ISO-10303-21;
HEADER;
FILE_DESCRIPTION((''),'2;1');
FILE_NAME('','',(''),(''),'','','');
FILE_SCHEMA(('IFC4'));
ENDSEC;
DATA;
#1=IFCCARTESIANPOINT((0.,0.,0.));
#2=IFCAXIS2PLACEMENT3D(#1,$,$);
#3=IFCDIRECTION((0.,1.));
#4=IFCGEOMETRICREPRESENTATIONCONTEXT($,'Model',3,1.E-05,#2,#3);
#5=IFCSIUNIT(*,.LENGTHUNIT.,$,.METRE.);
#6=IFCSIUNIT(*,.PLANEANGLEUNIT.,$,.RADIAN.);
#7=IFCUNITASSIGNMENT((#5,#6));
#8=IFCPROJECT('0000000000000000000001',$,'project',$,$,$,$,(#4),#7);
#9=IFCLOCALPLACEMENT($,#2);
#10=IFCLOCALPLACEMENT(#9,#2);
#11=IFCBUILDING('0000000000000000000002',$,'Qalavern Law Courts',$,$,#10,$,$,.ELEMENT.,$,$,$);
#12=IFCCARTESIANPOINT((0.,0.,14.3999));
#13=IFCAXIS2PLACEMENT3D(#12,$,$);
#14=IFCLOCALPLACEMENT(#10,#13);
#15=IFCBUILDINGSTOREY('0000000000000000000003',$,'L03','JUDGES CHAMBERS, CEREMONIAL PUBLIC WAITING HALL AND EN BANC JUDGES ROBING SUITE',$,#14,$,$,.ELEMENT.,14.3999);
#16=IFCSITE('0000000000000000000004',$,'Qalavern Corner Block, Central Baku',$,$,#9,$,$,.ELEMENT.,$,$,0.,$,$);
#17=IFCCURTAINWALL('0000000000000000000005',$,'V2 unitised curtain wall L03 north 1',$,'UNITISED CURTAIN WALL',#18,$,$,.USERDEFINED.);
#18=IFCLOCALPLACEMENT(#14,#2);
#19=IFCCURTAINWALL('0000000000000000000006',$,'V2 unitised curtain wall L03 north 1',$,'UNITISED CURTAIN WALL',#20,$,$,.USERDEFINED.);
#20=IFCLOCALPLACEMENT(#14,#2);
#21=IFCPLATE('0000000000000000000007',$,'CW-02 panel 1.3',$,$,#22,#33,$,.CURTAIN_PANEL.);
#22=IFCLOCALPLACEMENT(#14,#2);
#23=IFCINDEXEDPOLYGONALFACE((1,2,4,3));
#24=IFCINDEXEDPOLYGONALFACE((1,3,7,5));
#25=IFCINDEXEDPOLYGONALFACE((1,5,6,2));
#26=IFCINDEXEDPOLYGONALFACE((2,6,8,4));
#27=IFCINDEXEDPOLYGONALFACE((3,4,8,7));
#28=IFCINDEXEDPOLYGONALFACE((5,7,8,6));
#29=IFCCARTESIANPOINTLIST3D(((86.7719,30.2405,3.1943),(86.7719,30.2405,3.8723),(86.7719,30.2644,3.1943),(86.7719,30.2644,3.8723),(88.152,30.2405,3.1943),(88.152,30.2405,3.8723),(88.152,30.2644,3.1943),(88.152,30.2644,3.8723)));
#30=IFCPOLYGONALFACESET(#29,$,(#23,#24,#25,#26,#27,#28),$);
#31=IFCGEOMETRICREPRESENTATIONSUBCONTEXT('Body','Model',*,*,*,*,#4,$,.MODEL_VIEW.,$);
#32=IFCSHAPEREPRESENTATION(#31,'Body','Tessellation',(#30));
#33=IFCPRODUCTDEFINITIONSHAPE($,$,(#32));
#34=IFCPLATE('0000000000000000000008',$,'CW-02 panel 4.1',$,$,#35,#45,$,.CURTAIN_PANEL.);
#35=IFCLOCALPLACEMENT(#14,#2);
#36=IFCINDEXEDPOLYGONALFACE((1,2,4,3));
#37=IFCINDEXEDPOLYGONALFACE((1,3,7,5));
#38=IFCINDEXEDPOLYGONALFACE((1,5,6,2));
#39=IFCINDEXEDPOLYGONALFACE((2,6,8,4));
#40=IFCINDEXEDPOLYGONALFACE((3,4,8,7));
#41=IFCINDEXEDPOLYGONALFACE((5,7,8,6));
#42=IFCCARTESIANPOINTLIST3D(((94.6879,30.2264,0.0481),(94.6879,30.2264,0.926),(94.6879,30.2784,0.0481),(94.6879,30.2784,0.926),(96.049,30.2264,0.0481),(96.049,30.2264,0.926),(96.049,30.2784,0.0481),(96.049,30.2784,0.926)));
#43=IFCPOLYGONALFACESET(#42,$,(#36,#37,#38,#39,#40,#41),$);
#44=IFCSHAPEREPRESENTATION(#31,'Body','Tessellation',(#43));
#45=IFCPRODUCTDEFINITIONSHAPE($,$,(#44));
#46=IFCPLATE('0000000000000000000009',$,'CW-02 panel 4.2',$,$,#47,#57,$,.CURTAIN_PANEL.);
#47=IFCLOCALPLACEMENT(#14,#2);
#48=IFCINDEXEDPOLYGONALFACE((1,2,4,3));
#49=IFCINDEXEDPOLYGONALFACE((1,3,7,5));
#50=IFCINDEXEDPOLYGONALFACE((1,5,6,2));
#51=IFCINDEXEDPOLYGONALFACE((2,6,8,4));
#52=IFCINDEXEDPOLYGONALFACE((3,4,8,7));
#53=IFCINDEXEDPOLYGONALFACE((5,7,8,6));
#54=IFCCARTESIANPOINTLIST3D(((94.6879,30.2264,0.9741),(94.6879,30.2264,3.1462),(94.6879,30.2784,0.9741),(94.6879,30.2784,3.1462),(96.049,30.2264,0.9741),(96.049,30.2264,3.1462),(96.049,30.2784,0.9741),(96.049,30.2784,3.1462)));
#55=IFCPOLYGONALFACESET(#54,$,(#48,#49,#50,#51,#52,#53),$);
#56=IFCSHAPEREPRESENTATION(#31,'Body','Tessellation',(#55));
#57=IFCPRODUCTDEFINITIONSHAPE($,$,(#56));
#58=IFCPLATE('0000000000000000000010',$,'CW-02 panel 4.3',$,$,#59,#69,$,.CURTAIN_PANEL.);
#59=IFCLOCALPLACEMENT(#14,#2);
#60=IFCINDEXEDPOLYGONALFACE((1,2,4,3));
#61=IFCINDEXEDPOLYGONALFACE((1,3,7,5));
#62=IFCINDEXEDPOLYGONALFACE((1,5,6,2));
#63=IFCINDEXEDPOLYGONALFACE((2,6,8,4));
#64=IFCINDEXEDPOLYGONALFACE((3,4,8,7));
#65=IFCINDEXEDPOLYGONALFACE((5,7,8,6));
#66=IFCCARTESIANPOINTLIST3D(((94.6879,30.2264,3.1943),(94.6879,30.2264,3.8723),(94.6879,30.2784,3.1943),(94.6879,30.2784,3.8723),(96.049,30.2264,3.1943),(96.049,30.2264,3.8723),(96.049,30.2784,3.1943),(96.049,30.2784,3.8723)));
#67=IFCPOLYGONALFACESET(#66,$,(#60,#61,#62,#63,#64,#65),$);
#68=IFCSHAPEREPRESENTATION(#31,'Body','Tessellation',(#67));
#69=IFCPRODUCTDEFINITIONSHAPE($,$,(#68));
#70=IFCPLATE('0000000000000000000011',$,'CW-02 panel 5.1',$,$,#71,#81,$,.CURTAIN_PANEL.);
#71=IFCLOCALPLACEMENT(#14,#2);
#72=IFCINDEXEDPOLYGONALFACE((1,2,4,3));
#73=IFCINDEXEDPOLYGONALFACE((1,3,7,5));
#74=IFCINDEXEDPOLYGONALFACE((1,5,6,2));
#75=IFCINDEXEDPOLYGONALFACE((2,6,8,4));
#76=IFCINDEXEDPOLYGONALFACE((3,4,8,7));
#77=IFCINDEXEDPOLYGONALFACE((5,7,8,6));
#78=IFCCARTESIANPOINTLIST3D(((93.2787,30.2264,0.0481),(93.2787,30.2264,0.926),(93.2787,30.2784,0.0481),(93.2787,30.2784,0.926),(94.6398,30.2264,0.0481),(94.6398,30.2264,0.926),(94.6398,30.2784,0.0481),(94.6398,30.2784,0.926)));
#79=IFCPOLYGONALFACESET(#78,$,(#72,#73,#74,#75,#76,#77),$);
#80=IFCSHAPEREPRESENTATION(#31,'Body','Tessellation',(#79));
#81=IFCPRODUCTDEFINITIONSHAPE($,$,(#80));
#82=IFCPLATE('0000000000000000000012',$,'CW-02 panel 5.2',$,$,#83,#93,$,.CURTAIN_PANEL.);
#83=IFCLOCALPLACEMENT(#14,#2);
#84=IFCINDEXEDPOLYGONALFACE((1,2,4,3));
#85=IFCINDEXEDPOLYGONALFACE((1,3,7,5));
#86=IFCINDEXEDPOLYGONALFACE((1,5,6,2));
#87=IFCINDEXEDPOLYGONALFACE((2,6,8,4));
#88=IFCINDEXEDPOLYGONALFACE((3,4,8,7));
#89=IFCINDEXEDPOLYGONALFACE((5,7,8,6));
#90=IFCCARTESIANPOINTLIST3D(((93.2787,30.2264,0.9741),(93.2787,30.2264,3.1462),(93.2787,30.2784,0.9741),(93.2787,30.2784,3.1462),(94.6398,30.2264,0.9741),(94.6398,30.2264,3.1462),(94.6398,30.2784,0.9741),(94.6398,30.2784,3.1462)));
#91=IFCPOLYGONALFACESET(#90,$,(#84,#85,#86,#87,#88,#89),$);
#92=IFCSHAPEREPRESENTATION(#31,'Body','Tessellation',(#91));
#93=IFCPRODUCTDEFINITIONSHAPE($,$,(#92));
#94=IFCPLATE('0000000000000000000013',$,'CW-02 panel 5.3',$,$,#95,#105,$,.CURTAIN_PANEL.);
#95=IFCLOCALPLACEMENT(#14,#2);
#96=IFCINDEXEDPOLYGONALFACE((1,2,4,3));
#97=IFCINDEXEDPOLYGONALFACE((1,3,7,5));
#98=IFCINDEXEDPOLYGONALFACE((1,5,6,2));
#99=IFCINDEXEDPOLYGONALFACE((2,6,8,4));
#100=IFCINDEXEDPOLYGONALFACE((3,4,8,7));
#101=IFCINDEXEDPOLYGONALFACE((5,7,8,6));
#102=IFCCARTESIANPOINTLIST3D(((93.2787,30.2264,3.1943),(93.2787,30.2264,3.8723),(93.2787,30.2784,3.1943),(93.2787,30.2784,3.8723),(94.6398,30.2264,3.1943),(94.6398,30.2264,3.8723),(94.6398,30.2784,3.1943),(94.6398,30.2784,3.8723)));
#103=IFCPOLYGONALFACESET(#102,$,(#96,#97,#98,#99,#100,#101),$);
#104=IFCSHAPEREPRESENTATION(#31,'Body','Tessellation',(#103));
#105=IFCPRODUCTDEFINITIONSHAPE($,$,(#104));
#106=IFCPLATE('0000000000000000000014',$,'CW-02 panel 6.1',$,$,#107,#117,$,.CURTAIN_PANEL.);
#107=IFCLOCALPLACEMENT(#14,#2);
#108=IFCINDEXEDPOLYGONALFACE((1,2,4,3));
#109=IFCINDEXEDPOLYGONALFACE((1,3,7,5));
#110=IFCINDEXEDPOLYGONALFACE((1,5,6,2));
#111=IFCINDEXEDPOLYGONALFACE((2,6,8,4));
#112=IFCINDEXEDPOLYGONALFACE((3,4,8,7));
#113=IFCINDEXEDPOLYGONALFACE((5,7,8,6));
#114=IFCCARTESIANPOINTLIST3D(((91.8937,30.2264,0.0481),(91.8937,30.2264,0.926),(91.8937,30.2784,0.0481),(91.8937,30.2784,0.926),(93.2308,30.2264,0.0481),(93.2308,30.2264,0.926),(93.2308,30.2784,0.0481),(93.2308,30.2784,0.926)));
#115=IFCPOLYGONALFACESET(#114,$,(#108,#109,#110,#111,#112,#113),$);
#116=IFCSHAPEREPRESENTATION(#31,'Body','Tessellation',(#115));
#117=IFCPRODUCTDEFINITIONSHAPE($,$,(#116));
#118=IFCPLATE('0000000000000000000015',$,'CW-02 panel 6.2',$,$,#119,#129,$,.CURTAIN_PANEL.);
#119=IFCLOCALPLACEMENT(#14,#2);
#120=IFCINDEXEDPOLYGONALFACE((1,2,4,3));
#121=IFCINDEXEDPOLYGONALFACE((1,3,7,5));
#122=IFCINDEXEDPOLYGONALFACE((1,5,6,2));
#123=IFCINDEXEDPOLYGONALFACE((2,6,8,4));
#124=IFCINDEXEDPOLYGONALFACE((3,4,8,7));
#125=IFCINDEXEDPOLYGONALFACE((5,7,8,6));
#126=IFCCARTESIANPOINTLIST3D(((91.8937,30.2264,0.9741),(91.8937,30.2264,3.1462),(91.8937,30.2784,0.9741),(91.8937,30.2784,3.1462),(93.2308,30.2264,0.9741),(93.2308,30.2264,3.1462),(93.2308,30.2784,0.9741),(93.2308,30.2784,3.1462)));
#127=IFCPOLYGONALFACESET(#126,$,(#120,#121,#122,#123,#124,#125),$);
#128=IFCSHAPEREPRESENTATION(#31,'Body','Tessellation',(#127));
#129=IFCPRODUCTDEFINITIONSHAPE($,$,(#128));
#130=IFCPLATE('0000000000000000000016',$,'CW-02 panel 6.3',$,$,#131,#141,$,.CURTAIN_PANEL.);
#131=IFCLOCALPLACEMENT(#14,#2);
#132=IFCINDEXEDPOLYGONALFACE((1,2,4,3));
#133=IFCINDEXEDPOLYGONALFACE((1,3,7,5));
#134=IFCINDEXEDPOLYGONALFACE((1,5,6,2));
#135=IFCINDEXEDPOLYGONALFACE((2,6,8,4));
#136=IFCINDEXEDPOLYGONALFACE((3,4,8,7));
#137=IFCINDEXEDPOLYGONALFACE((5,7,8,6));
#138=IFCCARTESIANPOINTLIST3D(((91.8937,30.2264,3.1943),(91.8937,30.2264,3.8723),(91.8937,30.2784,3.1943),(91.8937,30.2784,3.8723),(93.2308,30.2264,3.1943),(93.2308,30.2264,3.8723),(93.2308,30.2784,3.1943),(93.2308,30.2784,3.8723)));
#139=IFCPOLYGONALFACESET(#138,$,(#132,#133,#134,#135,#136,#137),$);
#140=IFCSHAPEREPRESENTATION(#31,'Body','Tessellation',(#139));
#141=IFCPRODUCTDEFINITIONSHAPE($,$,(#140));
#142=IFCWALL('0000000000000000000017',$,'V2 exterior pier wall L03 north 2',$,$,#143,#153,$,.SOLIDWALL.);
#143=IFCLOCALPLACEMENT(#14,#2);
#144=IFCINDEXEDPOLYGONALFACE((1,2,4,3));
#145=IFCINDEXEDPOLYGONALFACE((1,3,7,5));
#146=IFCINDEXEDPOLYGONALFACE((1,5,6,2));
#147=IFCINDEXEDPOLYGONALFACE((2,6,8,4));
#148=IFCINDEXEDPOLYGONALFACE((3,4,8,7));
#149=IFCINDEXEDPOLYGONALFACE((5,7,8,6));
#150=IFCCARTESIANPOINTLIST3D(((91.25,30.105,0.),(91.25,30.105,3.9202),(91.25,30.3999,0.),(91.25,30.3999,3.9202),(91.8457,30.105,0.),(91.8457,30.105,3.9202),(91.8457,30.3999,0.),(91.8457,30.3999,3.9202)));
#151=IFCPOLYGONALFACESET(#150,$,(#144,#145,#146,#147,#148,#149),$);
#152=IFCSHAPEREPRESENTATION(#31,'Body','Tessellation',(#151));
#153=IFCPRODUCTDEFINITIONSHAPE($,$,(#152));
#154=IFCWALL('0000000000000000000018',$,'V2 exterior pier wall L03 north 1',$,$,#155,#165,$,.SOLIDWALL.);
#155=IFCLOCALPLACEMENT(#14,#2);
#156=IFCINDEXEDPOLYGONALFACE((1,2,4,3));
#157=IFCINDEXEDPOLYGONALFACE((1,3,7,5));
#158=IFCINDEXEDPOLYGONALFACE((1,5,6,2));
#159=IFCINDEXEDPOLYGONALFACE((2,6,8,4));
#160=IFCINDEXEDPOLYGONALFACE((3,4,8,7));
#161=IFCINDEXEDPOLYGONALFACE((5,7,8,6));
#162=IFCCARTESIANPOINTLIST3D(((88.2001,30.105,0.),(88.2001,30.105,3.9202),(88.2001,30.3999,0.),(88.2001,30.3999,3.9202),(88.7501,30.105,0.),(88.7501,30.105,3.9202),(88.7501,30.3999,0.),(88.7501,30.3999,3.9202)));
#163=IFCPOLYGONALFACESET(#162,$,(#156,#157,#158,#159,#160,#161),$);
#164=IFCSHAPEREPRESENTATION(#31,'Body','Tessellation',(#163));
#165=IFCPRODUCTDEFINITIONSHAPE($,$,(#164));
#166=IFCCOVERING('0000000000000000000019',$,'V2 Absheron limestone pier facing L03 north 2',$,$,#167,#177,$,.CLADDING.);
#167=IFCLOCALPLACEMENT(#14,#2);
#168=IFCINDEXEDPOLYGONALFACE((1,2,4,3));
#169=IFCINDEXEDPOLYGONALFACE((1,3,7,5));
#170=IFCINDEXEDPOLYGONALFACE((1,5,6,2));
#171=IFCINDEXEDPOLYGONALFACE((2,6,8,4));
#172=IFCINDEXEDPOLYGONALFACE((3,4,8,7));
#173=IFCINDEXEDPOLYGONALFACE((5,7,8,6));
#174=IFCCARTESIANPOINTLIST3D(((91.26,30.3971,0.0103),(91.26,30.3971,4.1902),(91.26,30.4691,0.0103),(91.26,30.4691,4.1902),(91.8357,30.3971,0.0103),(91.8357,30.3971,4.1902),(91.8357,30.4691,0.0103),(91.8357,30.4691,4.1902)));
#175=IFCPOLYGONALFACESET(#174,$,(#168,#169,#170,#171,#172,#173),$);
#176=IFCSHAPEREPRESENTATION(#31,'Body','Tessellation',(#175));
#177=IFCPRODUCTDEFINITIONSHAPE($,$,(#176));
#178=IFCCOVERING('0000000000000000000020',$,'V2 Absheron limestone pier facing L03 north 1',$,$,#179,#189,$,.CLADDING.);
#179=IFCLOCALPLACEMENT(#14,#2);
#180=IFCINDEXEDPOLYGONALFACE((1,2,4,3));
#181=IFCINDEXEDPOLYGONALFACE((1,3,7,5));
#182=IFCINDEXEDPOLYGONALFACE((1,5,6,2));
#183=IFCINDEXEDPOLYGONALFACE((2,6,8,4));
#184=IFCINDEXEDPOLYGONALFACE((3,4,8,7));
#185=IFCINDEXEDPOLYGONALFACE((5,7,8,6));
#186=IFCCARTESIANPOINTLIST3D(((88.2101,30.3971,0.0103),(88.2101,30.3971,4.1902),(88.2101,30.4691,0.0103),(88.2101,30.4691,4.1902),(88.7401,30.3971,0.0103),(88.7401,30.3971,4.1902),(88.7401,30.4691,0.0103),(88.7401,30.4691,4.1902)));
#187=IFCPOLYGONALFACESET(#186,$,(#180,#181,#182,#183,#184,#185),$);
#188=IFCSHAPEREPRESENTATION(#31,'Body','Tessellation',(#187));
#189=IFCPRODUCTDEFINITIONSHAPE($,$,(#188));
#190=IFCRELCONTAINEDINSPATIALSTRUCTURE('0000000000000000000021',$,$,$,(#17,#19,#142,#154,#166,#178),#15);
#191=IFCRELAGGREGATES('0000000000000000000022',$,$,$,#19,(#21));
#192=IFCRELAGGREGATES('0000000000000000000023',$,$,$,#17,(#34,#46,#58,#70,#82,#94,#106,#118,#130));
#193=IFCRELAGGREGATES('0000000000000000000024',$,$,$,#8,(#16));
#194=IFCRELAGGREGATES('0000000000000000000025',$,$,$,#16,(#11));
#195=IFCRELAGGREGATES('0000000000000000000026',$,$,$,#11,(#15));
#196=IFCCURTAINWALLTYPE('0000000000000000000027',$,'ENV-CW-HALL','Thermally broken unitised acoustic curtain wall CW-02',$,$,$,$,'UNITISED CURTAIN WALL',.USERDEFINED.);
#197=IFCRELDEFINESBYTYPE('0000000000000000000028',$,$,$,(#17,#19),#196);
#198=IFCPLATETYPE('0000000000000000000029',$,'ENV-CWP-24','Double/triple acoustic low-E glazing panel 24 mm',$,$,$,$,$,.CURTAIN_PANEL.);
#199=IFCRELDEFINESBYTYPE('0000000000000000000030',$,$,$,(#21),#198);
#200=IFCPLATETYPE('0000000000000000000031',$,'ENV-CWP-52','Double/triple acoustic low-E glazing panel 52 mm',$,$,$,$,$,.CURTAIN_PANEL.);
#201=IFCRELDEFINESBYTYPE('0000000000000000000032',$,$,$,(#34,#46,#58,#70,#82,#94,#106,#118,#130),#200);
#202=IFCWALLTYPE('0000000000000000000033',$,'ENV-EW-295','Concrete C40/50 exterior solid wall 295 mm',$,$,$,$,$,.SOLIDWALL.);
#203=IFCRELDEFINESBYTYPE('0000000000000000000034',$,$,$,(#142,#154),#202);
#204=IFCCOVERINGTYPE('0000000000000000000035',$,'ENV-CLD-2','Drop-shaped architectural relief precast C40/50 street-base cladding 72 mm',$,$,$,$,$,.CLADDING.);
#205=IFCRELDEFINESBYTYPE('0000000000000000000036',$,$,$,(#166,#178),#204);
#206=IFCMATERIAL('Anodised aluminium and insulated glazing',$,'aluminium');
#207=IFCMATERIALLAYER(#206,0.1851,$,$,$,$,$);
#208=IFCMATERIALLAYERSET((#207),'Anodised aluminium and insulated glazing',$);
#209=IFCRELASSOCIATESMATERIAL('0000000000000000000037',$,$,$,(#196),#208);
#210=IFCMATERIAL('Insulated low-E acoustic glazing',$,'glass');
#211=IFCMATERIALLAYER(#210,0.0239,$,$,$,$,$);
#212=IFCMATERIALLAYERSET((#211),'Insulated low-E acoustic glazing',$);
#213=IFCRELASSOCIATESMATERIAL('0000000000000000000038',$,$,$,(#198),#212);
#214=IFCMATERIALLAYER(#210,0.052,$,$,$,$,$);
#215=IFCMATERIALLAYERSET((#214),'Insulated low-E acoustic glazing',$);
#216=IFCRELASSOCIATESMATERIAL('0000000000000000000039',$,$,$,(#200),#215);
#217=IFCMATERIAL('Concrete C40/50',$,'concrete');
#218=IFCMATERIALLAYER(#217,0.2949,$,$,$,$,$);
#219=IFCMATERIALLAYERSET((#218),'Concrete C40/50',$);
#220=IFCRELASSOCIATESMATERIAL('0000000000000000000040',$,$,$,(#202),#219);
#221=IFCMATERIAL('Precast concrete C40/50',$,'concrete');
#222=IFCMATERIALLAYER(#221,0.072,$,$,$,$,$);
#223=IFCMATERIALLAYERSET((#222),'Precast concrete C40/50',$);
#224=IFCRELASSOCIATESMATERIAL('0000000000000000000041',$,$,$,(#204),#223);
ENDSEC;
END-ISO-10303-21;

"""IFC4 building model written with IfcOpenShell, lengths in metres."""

from ifc_helpers import new_model, si_unit, direction, frame, frame_2d, origin, origin_2d, place, context, subcontext, project, spatial, rectangle, extrude, material, layer, layer_set, type_object, element, aggregate, save


model = new_model("IFC4")

# Units and contexts
model_context = context("Model", 3, precision=1e-05, world=origin(), true_north=direction((0.0, 1.0)))
body_context = subcontext(model_context, "Body", "Model", "MODEL_VIEW")
ifc_project = project(units=[si_unit("LENGTHUNIT", "METRE"), si_unit("PLANEANGLEUNIT", "RADIAN")], contexts=[model_context])

# Site, building, storey
site_placement = place(None, origin())
site = spatial("IfcSite", under=ifc_project, at=site_placement, Name="Qalavern Corner Block, Central Baku", CompositionType="ELEMENT", RefElevation=0.0)
building_placement = place(site_placement, origin())
building = spatial("IfcBuilding", under=site, at=building_placement, Name="Qalavern Law Courts", CompositionType="ELEMENT")
storey_placement = place(building_placement, frame((0.0, 0.0, 14.3999)))
storey = spatial("IfcBuildingStorey", under=building, at=storey_placement, Name="L03", Description="JUDGES CHAMBERS, CEREMONIAL PUBLIC WAITING HALL AND EN BANC JUDGES ROBING SUITE", CompositionType="ELEMENT", Elevation=14.3999)

# Shared definitions
ifc_material_1 = material(Name="Anodised aluminium and insulated glazing", Category="aluminium")

# Curtain walls
ifc_layer_1 = layer(ifc_material_1, 0.1851)
ifc_layer_set_1 = layer_set([ifc_layer_1], Name="Anodised aluminium and insulated glazing")
curtain_wall_type_1 = type_object("IfcCurtainWallType", Name="ENV-CW-HALL", Description="Thermally broken unitised acoustic curtain wall CW-02", ElementType="UNITISED CURTAIN WALL", PredefinedType="USERDEFINED", material=ifc_layer_set_1)
curtain_wall_1_placement = place(storey_placement, origin())
curtain_wall_1 = element("IfcCurtainWall", 1, at=curtain_wall_1_placement, inside=storey, type_object=curtain_wall_type_1, Name="V2 unitised curtain wall L03 north 1", ObjectType="UNITISED CURTAIN WALL", PredefinedType="USERDEFINED")
curtain_wall_2_placement = place(storey_placement, origin())
curtain_wall_2 = element("IfcCurtainWall", 2, at=curtain_wall_2_placement, inside=storey, type_object=curtain_wall_type_1, Name="V2 unitised curtain wall L03 north 1", ObjectType="UNITISED CURTAIN WALL", PredefinedType="USERDEFINED")

# Plates
ifc_material_2 = material(Name="Insulated low-E acoustic glazing", Category="glass")
ifc_layer_2 = layer(ifc_material_2, 0.0239)
ifc_layer_set_2 = layer_set([ifc_layer_2], Name="Insulated low-E acoustic glazing")
plate_type_1 = type_object("IfcPlateType", Name="ENV-CWP-24", Description="Double/triple acoustic low-E glazing panel 24 mm", PredefinedType="CURTAIN_PANEL", material=ifc_layer_set_2)
plate_1_placement = place(storey_placement, frame((87.4619, 30.2524, 3.1943), z_axis=(0.0, 0.0, 1.0), x_axis=(-1.0, 0.0, 0.0)))
plate_1 = element("IfcPlate", 3, at=plate_1_placement, type_object=plate_type_1, Name="CW-02 panel 1.3", PredefinedType="CURTAIN_PANEL", context=body_context, shape_type="SweptSolid", body=[
    extrude(rectangle(XDim=1.3801, YDim=0.0239, at=origin_2d()), origin(), (0.0, 0.0, 1.0), 0.678),
])
aggregate(curtain_wall_2, [plate_1])
ifc_layer_3 = layer(ifc_material_2, 0.052)
ifc_layer_set_3 = layer_set([ifc_layer_3], Name="Insulated low-E acoustic glazing")
plate_type_2 = type_object("IfcPlateType", Name="ENV-CWP-52", Description="Double/triple acoustic low-E glazing panel 52 mm", PredefinedType="CURTAIN_PANEL", material=ifc_layer_set_3)
plate_2_placement = place(storey_placement, frame((95.3684, 30.2524, 0.0481), z_axis=(0.0, 0.0, 1.0), x_axis=(-1.0, 0.0, 0.0)))
plate_2 = element("IfcPlate", 4, at=plate_2_placement, type_object=plate_type_2, Name="CW-02 panel 4.1", PredefinedType="CURTAIN_PANEL", context=body_context, shape_type="SweptSolid", body=[
    extrude(rectangle(XDim=1.3611, YDim=0.052, at=origin_2d()), origin(), (0.0, 0.0, 1.0), 0.8779),
])
plate_3_placement = place(storey_placement, frame((95.3684, 30.2524, 0.9741), z_axis=(0.0, 0.0, 1.0), x_axis=(-1.0, 0.0, 0.0)))
plate_3 = element("IfcPlate", 5, at=plate_3_placement, type_object=plate_type_2, Name="CW-02 panel 4.2", PredefinedType="CURTAIN_PANEL", context=body_context, shape_type="SweptSolid", body=[
    extrude(rectangle(XDim=1.3611, YDim=0.052, at=origin_2d()), origin(), (0.0, 0.0, 1.0), 2.1721),
])
plate_4_placement = place(storey_placement, frame((95.3684, 30.2524, 3.1943), z_axis=(0.0, 0.0, 1.0), x_axis=(-1.0, 0.0, 0.0)))
plate_4 = element("IfcPlate", 6, at=plate_4_placement, type_object=plate_type_2, Name="CW-02 panel 4.3", PredefinedType="CURTAIN_PANEL", context=body_context, shape_type="SweptSolid", body=[
    extrude(rectangle(XDim=1.3611, YDim=0.052, at=origin_2d()), origin(), (0.0, 0.0, 1.0), 0.678),
])
plate_5_placement = place(storey_placement, frame((93.9592, 30.2524, 0.0481), z_axis=(0.0, 0.0, 1.0), x_axis=(-1.0, 0.0, 0.0)))
plate_5 = element("IfcPlate", 7, at=plate_5_placement, type_object=plate_type_2, Name="CW-02 panel 5.1", PredefinedType="CURTAIN_PANEL", context=body_context, shape_type="SweptSolid", body=[
    extrude(rectangle(XDim=1.3611, YDim=0.052, at=origin_2d()), origin(), (0.0, 0.0, 1.0), 0.8779),
])
plate_6_placement = place(storey_placement, frame((93.9592, 30.2524, 0.9741), z_axis=(0.0, 0.0, 1.0), x_axis=(-1.0, 0.0, 0.0)))
plate_6 = element("IfcPlate", 8, at=plate_6_placement, type_object=plate_type_2, Name="CW-02 panel 5.2", PredefinedType="CURTAIN_PANEL", context=body_context, shape_type="SweptSolid", body=[
    extrude(rectangle(XDim=1.3611, YDim=0.052, at=origin_2d()), origin(), (0.0, 0.0, 1.0), 2.1721),
])
plate_7_placement = place(storey_placement, frame((93.9592, 30.2524, 3.1943), z_axis=(0.0, 0.0, 1.0), x_axis=(-1.0, 0.0, 0.0)))
plate_7 = element("IfcPlate", 9, at=plate_7_placement, type_object=plate_type_2, Name="CW-02 panel 5.3", PredefinedType="CURTAIN_PANEL", context=body_context, shape_type="SweptSolid", body=[
    extrude(rectangle(XDim=1.3611, YDim=0.052, at=origin_2d()), origin(), (0.0, 0.0, 1.0), 0.678),
])
plate_8_placement = place(storey_placement, frame((92.5623, 30.2524, 0.0481), z_axis=(0.0, 0.0, 1.0), x_axis=(-1.0, 0.0, 0.0)))
plate_8 = element("IfcPlate", 10, at=plate_8_placement, type_object=plate_type_2, Name="CW-02 panel 6.1", PredefinedType="CURTAIN_PANEL", context=body_context, shape_type="SweptSolid", body=[
    extrude(rectangle(XDim=1.3372, YDim=0.052, at=origin_2d()), origin(), (0.0, 0.0, 1.0), 0.8779),
])
plate_9_placement = place(storey_placement, frame((92.5623, 30.2524, 0.9741), z_axis=(0.0, 0.0, 1.0), x_axis=(-1.0, 0.0, 0.0)))
plate_9 = element("IfcPlate", 11, at=plate_9_placement, type_object=plate_type_2, Name="CW-02 panel 6.2", PredefinedType="CURTAIN_PANEL", context=body_context, shape_type="SweptSolid", body=[
    extrude(rectangle(XDim=1.3372, YDim=0.052, at=origin_2d()), origin(), (0.0, 0.0, 1.0), 2.1721),
])
plate_10_placement = place(storey_placement, frame((92.5623, 30.2524, 3.1943), z_axis=(0.0, 0.0, 1.0), x_axis=(-1.0, 0.0, 0.0)))
plate_10 = element("IfcPlate", 12, at=plate_10_placement, type_object=plate_type_2, Name="CW-02 panel 6.3", PredefinedType="CURTAIN_PANEL", context=body_context, shape_type="SweptSolid", body=[
    extrude(rectangle(XDim=1.3372, YDim=0.052, at=origin_2d()), origin(), (0.0, 0.0, 1.0), 0.678),
])
aggregate(curtain_wall_1, [plate_2, plate_3, plate_4, plate_5, plate_6, plate_7, plate_8, plate_9, plate_10])

# Walls
ifc_material_3 = material(Name="Concrete C40/50", Category="concrete")
ifc_layer_4 = layer(ifc_material_3, 0.2949)
ifc_layer_set_4 = layer_set([ifc_layer_4], Name="Concrete C40/50")
wall_type = type_object("IfcWallType", Name="ENV-EW-295", Description="Concrete C40/50 exterior solid wall 295 mm", PredefinedType="SOLIDWALL", material=ifc_layer_set_4)
wall_1_placement = place(storey_placement, frame((91.8457, 30.2524, 0.0), z_axis=(0.0, 0.0, 1.0), x_axis=(-1.0, 0.0, 0.0)))
element("IfcWall", 13, at=wall_1_placement, inside=storey, type_object=wall_type, Name="V2 exterior pier wall L03 north 2", PredefinedType="SOLIDWALL", context=body_context, shape_type="SweptSolid", body=[
    extrude(rectangle(XDim=0.5957, YDim=0.2949, at=frame_2d((0.2979, 0.0))), origin(), (0.0, 0.0, 1.0), 3.9202),
])
wall_2_placement = place(storey_placement, frame((88.75, 30.2524, 0.0), z_axis=(0.0, 0.0, 1.0), x_axis=(-1.0, 0.0, 0.0)))
element("IfcWall", 14, at=wall_2_placement, inside=storey, type_object=wall_type, Name="V2 exterior pier wall L03 north 1", PredefinedType="SOLIDWALL", context=body_context, shape_type="SweptSolid", body=[
    extrude(rectangle(XDim=0.55, YDim=0.2949, at=frame_2d((0.2749, 0.0))), origin(), (0.0, 0.0, 1.0), 3.9202),
])

# Coverings
ifc_material_4 = material(Name="Precast concrete C40/50", Category="concrete")
ifc_layer_5 = layer(ifc_material_4, 0.072)
ifc_layer_set_5 = layer_set([ifc_layer_5], Name="Precast concrete C40/50")
covering_type = type_object("IfcCoveringType", Name="ENV-CLD-2", Description="Drop-shaped architectural relief precast C40/50 street-base cladding 72 mm", PredefinedType="CLADDING", material=ifc_layer_set_5)
covering_1_placement = place(storey_placement, frame((91.5479, 30.4331, 0.0103), z_axis=(0.0, 0.0, 1.0), x_axis=(-1.0, 0.0, 0.0)))
element("IfcCovering", 15, at=covering_1_placement, inside=storey, type_object=covering_type, Name="V2 Absheron limestone pier facing L03 north 2", PredefinedType="CLADDING", context=body_context, shape_type="SweptSolid", body=[
    extrude(rectangle(XDim=0.5757, YDim=0.072, at=origin_2d()), origin(), (0.0, 0.0, 1.0), 4.1799),
])
covering_2_placement = place(storey_placement, frame((88.4751, 30.4331, 0.0103), z_axis=(0.0, 0.0, 1.0), x_axis=(-1.0, 0.0, 0.0)))
element("IfcCovering", 16, at=covering_2_placement, inside=storey, type_object=covering_type, Name="V2 Absheron limestone pier facing L03 north 1", PredefinedType="CLADDING", context=body_context, shape_type="SweptSolid", body=[
    extrude(rectangle(XDim=0.53, YDim=0.072, at=origin_2d()), origin(), (0.0, 0.0, 1.0), 4.1799),
])

save(model, "model.ifc")
